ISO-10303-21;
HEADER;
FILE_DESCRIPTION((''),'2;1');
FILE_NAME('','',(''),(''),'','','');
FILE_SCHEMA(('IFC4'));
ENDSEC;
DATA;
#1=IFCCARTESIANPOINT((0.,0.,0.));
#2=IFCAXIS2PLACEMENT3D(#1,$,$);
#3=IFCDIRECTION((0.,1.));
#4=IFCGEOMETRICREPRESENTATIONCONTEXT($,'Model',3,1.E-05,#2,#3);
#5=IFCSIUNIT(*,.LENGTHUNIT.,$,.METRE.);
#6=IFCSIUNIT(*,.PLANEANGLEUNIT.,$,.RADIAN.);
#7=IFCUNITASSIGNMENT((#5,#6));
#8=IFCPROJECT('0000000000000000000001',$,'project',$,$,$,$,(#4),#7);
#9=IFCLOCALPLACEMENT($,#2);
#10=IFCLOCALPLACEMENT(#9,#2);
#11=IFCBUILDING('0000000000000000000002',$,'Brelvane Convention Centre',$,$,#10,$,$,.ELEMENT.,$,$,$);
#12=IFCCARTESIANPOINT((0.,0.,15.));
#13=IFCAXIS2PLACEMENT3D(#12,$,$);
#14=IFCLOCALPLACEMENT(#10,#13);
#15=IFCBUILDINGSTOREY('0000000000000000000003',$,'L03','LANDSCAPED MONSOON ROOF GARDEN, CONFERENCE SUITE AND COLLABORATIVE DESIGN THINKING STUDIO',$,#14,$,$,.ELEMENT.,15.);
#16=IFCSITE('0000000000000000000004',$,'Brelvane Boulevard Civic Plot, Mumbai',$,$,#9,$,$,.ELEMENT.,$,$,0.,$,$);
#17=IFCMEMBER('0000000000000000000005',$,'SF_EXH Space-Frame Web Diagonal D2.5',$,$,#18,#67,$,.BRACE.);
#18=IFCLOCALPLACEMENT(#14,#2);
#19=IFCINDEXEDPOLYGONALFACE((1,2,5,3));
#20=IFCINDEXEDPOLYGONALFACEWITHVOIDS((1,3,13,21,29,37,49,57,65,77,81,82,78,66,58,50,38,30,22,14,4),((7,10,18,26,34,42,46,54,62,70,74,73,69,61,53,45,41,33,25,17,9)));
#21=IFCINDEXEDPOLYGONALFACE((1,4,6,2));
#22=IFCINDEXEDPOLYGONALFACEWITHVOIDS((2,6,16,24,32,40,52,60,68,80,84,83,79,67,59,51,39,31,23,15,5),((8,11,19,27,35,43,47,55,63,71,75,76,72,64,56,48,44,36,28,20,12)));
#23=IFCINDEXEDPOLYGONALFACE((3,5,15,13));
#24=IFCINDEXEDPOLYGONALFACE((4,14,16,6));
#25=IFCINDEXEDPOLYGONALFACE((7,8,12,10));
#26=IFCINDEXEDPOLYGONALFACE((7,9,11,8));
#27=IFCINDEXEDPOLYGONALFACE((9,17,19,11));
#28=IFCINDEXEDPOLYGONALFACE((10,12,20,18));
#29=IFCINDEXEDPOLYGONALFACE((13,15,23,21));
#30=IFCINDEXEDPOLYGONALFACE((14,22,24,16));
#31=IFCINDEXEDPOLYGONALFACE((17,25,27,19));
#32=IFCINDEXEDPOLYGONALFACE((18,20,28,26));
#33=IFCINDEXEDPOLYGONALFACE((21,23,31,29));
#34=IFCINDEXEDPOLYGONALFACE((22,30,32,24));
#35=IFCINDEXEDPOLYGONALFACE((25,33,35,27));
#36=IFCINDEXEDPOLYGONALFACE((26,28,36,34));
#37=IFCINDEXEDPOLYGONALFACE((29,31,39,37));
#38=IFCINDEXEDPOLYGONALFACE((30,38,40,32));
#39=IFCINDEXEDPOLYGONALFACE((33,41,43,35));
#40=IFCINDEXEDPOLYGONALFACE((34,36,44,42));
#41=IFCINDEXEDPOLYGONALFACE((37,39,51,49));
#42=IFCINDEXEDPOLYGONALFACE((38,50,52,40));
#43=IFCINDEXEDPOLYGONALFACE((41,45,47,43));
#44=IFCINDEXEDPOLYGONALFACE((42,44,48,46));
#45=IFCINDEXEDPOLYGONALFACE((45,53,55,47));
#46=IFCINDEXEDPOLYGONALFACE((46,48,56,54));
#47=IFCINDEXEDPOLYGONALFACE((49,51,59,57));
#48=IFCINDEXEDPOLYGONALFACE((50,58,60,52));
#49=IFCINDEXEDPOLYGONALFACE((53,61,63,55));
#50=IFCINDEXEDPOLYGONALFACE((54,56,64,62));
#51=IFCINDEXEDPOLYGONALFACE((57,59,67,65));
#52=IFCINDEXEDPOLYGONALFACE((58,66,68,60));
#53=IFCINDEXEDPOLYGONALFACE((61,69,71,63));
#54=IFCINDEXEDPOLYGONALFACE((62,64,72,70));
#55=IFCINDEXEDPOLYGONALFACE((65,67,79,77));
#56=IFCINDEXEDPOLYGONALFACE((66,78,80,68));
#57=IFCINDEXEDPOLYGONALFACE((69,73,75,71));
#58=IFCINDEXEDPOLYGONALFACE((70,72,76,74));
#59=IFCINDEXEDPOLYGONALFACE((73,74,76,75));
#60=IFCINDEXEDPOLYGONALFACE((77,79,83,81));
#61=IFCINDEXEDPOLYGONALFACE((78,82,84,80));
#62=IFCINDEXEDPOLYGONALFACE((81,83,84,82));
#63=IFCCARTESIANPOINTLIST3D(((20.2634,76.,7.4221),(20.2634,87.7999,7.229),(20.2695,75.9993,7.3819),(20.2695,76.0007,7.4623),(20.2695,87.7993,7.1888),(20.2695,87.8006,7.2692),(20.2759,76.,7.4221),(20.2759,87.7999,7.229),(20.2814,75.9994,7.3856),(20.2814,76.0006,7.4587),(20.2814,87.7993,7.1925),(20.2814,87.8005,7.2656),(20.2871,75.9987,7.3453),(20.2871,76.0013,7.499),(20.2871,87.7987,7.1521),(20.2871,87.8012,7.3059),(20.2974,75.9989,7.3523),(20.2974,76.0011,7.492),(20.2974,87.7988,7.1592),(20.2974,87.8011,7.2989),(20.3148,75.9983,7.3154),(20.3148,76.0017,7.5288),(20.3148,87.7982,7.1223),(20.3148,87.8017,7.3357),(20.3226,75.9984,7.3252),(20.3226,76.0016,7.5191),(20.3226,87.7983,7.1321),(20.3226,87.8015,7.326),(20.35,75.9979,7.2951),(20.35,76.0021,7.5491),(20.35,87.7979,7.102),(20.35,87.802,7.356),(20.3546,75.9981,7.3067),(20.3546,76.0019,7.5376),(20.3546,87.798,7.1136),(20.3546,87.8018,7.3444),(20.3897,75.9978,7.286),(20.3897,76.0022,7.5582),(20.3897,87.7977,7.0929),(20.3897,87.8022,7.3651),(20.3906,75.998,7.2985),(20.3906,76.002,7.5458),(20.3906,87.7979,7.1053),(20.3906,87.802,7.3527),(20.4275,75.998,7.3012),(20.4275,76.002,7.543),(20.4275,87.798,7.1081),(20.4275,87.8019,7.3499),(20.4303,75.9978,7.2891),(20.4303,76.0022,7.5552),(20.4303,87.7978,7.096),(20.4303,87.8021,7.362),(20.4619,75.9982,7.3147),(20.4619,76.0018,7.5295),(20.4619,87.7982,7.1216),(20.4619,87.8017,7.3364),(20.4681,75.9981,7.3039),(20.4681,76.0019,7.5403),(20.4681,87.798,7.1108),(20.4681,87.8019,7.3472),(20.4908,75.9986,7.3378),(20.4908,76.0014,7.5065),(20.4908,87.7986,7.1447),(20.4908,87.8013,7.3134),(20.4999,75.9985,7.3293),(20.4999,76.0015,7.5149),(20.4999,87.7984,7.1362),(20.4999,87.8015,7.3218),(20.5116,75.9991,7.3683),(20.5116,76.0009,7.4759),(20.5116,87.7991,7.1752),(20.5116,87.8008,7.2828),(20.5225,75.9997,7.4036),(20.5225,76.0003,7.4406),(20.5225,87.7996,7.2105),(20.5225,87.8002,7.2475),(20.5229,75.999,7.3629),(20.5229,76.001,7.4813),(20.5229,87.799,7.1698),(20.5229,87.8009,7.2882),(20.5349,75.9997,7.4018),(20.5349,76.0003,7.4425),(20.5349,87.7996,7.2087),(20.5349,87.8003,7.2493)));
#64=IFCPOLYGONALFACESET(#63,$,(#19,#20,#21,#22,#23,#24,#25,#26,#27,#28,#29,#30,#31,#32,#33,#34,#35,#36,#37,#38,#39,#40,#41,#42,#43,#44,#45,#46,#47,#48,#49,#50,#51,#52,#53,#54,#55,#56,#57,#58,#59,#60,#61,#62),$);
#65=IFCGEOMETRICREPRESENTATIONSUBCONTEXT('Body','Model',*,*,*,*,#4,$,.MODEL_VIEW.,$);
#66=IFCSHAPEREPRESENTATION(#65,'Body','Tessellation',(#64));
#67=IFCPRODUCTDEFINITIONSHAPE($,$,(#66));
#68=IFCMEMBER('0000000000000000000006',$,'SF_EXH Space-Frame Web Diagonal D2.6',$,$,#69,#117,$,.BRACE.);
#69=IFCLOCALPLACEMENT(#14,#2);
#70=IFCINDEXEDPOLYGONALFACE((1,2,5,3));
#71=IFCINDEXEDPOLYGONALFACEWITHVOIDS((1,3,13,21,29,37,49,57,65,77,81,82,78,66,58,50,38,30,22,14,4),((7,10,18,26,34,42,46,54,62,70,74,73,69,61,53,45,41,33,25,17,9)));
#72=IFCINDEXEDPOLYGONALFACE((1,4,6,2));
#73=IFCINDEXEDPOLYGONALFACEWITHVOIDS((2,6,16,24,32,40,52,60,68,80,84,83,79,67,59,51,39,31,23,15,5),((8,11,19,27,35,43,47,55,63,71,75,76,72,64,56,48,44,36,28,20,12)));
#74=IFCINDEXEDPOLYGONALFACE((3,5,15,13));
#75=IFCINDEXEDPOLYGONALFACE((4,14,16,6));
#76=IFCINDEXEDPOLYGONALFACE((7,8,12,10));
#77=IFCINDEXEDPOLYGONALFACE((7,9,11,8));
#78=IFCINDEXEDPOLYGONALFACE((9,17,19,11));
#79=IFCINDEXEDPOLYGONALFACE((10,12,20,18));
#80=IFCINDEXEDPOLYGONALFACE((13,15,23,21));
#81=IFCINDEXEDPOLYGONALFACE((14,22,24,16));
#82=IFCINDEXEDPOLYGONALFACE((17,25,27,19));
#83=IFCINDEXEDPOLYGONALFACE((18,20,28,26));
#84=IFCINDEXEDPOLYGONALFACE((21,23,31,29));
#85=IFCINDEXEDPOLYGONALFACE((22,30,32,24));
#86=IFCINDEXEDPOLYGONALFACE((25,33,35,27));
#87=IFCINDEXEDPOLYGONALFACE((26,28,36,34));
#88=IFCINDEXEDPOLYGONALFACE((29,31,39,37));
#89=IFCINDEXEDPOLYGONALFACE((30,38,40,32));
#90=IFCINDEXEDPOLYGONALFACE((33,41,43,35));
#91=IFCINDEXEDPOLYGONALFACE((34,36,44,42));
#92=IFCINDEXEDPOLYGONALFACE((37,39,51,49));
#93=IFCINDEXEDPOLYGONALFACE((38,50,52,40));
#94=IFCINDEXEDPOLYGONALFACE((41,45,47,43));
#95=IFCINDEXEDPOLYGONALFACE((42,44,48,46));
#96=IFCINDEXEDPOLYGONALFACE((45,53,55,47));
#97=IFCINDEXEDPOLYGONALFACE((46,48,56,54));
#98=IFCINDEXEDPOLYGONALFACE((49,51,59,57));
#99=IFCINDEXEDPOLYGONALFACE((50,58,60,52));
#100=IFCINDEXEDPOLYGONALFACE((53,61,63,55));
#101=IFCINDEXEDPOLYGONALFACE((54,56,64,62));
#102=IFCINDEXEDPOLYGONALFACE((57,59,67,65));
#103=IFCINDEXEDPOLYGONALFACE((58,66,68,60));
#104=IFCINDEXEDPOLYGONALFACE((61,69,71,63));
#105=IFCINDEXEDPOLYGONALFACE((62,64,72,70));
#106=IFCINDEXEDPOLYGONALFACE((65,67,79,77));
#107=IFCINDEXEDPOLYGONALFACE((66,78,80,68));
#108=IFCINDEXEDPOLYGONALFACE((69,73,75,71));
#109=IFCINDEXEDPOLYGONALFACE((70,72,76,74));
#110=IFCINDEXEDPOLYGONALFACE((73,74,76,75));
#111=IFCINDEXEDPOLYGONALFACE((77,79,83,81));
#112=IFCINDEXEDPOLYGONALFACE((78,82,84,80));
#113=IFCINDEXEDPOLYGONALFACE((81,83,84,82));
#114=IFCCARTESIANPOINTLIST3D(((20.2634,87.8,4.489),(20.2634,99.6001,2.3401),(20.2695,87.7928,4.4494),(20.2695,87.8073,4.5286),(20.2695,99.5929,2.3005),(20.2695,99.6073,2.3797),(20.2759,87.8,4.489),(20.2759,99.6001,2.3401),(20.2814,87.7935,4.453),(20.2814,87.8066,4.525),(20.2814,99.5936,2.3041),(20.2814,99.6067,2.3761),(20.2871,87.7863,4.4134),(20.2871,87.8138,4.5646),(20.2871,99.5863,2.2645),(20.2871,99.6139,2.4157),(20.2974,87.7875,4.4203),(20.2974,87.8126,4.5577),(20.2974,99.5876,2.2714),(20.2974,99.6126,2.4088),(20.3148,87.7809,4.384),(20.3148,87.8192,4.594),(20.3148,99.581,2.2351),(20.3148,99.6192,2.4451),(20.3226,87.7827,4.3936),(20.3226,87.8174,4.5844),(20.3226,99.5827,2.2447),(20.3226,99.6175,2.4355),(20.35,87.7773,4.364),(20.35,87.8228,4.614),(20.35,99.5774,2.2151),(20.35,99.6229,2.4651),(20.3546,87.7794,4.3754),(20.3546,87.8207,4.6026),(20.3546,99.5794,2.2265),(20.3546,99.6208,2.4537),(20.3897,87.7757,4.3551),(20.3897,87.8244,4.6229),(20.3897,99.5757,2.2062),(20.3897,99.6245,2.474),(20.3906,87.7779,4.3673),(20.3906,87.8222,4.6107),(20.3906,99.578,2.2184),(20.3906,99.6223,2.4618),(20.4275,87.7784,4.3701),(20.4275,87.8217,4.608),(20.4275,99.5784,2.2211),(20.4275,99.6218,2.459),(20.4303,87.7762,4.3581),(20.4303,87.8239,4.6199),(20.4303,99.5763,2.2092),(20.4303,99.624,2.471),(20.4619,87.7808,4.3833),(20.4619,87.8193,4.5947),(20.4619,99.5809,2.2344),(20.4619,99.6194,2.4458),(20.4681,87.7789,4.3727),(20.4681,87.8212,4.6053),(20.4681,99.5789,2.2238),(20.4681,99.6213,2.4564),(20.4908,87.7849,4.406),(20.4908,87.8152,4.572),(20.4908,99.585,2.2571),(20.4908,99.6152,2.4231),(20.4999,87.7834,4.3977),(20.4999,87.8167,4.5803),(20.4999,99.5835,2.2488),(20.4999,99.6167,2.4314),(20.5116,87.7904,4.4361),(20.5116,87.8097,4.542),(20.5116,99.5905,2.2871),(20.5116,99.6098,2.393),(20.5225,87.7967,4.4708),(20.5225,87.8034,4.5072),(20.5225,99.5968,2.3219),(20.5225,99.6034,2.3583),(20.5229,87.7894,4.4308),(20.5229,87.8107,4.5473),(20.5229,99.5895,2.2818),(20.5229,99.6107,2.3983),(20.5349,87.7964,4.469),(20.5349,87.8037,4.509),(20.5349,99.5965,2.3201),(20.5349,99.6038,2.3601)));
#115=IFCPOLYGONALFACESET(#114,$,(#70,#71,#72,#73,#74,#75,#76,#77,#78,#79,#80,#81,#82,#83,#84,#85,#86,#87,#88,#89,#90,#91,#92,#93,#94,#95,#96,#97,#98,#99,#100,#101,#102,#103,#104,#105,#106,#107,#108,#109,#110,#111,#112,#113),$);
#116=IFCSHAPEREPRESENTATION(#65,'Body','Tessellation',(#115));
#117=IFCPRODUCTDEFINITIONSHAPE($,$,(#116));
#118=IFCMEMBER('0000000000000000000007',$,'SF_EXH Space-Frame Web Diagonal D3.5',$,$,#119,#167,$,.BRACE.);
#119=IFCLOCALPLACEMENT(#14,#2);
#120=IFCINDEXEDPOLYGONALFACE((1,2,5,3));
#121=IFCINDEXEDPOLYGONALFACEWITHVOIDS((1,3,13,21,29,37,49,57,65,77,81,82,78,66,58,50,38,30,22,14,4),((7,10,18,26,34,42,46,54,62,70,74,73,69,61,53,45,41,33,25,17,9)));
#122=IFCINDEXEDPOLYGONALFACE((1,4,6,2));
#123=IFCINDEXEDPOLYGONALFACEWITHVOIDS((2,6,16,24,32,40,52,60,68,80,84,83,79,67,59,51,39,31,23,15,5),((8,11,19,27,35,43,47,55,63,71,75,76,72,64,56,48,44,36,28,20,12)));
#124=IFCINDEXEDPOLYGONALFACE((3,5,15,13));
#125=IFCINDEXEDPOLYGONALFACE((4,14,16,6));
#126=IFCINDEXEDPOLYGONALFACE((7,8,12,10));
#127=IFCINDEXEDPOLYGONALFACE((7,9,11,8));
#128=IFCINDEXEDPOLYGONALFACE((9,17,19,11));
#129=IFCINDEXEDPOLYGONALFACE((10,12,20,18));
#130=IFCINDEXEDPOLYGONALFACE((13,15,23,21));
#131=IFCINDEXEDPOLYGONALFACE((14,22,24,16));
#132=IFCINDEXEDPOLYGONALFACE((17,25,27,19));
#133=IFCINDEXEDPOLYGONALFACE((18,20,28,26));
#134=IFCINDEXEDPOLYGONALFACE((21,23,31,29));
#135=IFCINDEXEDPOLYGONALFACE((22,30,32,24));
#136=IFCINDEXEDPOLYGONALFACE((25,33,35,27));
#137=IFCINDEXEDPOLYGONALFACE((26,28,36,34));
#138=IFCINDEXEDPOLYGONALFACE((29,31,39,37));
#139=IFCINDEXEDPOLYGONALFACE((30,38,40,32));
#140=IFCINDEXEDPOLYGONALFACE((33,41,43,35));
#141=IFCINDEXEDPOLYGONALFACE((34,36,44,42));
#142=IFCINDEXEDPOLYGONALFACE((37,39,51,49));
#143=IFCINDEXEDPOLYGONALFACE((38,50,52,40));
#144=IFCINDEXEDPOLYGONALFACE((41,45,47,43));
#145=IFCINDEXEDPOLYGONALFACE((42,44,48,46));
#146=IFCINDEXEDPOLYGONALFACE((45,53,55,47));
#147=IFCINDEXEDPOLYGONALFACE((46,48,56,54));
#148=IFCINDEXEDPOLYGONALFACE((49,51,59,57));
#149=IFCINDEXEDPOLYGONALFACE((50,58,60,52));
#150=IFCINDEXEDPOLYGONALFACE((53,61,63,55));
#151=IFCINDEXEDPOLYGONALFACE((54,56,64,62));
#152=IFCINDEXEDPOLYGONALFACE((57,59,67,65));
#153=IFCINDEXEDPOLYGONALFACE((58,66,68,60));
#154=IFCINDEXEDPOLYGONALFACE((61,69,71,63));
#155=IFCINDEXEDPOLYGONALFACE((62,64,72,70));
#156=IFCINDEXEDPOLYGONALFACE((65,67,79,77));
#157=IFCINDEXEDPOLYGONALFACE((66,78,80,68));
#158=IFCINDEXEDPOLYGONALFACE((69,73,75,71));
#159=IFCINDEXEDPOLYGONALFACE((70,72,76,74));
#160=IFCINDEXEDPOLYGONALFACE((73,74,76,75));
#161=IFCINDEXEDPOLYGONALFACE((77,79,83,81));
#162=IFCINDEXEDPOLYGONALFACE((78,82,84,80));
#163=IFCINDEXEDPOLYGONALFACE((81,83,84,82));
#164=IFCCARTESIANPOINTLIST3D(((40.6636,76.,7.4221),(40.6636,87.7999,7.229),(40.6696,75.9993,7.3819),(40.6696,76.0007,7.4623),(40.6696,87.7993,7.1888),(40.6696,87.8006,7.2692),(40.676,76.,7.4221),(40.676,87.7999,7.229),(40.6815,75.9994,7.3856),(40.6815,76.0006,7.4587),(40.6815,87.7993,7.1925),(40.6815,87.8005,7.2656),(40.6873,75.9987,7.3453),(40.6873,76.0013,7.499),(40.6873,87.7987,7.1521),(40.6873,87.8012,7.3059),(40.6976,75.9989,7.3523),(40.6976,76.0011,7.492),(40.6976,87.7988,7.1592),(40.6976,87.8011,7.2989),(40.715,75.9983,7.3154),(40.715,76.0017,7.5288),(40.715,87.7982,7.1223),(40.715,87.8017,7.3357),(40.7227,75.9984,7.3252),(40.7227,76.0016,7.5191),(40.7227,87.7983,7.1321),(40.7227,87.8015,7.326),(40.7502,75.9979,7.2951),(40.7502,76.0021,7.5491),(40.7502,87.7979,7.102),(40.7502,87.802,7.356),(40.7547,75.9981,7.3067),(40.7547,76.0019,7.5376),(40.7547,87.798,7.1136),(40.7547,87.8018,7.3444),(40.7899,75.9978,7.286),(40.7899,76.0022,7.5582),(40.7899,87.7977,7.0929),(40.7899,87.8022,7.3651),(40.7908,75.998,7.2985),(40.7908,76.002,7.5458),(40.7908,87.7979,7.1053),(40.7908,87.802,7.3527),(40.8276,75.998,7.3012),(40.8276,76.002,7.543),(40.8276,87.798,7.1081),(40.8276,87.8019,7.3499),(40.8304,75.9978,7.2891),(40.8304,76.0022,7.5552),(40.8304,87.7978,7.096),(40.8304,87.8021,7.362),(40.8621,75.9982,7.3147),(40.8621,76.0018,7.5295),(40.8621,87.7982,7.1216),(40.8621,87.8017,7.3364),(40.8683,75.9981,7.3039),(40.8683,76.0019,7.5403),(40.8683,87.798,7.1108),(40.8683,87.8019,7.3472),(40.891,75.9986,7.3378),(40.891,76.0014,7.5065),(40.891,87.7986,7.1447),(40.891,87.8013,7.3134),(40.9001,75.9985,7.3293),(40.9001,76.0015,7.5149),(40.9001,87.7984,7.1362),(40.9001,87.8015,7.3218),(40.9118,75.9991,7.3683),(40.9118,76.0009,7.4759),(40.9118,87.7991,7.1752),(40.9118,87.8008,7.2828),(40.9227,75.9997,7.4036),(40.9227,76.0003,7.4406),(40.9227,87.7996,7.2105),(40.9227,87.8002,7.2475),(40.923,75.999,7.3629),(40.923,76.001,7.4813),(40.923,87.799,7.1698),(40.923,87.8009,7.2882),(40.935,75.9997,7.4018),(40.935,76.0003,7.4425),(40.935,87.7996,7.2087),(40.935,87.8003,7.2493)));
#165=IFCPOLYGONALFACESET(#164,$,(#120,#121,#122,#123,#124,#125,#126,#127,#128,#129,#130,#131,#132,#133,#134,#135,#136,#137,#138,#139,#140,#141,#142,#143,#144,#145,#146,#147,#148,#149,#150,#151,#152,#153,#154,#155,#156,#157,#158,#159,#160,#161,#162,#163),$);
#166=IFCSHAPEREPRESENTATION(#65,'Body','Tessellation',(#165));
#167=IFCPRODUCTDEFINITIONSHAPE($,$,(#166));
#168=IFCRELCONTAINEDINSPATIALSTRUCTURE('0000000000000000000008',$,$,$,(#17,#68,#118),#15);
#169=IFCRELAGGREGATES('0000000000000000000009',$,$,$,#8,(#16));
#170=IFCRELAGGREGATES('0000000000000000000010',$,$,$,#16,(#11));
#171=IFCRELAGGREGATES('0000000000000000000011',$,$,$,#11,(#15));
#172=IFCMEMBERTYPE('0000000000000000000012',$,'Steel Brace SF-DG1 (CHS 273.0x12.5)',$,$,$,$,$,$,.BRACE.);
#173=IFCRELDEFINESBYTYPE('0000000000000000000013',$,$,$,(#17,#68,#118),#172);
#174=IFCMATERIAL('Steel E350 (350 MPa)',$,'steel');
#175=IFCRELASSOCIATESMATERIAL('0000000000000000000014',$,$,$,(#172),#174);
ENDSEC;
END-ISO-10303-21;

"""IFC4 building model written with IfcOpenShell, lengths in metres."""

from ifc_helpers import new_model, si_unit, direction, frame, origin, origin_2d, place, context, subcontext, project, spatial, hollow_circle, extrude, material, material_profile, profile_set, type_object, element, save


model = new_model("IFC4")

# Units and contexts
model_context = context("Model", 3, precision=1e-05, world=origin(), true_north=direction((0.0, 1.0)))
body_context = subcontext(model_context, "Body", "Model", "MODEL_VIEW")
ifc_project = project(units=[si_unit("LENGTHUNIT", "METRE"), si_unit("PLANEANGLEUNIT", "RADIAN")], contexts=[model_context])

# Site, building, storey
site_placement = place(None, origin())
site = spatial("IfcSite", under=ifc_project, at=site_placement, Name="Brelvane Boulevard Civic Plot, Mumbai", CompositionType="ELEMENT", RefElevation=0.0)
building_placement = place(site_placement, origin())
building = spatial("IfcBuilding", under=site, at=building_placement, Name="Brelvane Convention Centre", CompositionType="ELEMENT")
storey_placement = place(building_placement, frame((0.0, 0.0, 15.0)))
storey = spatial("IfcBuildingStorey", under=building, at=storey_placement, Name="L03", Description="LANDSCAPED MONSOON ROOF GARDEN, CONFERENCE SUITE AND COLLABORATIVE DESIGN THINKING STUDIO", CompositionType="ELEMENT", Elevation=15.0)

# Members
ifc_material_1 = material(Name="Steel E350 (350 MPa)", Category="steel")
ifc_material_profile_1 = material_profile(ifc_material_1, hollow_circle(Radius=0.1365, WallThickness=0.0125, at=origin_2d()), Name="CHS 273.0x12.5")
ifc_profile_set_1 = profile_set([ifc_material_profile_1], Name="Steel E350 (350 MPa)")
member_type_1 = type_object("IfcMemberType", Name="Steel Brace SF-DG1 (CHS 273.0x12.5)", PredefinedType="BRACE", material=ifc_profile_set_1)
member_1_placement = place(storey_placement, frame((20.3999, 76.0, 7.4221), z_axis=(0.0, 0.999866, -0.016363), x_axis=(-1.0, 0.0, 0.0)))
element("IfcMember", 1, at=member_1_placement, inside=storey, type_object=member_type_1, Name="SF_EXH Space-Frame Web Diagonal D2.5", PredefinedType="BRACE", context=body_context, shape_type="SweptSolid", body=[
    extrude(hollow_circle(Radius=0.1365, WallThickness=0.0125, at=origin_2d()), origin(), (0.0, 0.0, 1.0), 11.8015),
])
member_2_placement = place(storey_placement, frame((20.3999, 87.8, 4.489), z_axis=(0.0, 0.983819, -0.179165), x_axis=(-1.0, 0.0, 0.0)))
element("IfcMember", 2, at=member_2_placement, inside=storey, type_object=member_type_1, Name="SF_EXH Space-Frame Web Diagonal D2.6", PredefinedType="BRACE", context=body_context, shape_type="SweptSolid", body=[
    extrude(hollow_circle(Radius=0.1365, WallThickness=0.0125, at=origin_2d()), origin(), (0.0, 0.0, 1.0), 11.9941),
])
member_3_placement = place(storey_placement, frame((40.8, 76.0, 7.4221), z_axis=(0.0, 0.999866, -0.016363), x_axis=(-1.0, 0.0, 0.0)))
element("IfcMember", 3, at=member_3_placement, inside=storey, type_object=member_type_1, Name="SF_EXH Space-Frame Web Diagonal D3.5", PredefinedType="BRACE", context=body_context, shape_type="SweptSolid", body=[
    extrude(hollow_circle(Radius=0.1365, WallThickness=0.0125, at=origin_2d()), origin(), (0.0, 0.0, 1.0), 11.8015),
])

save(model, "model.ifc")
